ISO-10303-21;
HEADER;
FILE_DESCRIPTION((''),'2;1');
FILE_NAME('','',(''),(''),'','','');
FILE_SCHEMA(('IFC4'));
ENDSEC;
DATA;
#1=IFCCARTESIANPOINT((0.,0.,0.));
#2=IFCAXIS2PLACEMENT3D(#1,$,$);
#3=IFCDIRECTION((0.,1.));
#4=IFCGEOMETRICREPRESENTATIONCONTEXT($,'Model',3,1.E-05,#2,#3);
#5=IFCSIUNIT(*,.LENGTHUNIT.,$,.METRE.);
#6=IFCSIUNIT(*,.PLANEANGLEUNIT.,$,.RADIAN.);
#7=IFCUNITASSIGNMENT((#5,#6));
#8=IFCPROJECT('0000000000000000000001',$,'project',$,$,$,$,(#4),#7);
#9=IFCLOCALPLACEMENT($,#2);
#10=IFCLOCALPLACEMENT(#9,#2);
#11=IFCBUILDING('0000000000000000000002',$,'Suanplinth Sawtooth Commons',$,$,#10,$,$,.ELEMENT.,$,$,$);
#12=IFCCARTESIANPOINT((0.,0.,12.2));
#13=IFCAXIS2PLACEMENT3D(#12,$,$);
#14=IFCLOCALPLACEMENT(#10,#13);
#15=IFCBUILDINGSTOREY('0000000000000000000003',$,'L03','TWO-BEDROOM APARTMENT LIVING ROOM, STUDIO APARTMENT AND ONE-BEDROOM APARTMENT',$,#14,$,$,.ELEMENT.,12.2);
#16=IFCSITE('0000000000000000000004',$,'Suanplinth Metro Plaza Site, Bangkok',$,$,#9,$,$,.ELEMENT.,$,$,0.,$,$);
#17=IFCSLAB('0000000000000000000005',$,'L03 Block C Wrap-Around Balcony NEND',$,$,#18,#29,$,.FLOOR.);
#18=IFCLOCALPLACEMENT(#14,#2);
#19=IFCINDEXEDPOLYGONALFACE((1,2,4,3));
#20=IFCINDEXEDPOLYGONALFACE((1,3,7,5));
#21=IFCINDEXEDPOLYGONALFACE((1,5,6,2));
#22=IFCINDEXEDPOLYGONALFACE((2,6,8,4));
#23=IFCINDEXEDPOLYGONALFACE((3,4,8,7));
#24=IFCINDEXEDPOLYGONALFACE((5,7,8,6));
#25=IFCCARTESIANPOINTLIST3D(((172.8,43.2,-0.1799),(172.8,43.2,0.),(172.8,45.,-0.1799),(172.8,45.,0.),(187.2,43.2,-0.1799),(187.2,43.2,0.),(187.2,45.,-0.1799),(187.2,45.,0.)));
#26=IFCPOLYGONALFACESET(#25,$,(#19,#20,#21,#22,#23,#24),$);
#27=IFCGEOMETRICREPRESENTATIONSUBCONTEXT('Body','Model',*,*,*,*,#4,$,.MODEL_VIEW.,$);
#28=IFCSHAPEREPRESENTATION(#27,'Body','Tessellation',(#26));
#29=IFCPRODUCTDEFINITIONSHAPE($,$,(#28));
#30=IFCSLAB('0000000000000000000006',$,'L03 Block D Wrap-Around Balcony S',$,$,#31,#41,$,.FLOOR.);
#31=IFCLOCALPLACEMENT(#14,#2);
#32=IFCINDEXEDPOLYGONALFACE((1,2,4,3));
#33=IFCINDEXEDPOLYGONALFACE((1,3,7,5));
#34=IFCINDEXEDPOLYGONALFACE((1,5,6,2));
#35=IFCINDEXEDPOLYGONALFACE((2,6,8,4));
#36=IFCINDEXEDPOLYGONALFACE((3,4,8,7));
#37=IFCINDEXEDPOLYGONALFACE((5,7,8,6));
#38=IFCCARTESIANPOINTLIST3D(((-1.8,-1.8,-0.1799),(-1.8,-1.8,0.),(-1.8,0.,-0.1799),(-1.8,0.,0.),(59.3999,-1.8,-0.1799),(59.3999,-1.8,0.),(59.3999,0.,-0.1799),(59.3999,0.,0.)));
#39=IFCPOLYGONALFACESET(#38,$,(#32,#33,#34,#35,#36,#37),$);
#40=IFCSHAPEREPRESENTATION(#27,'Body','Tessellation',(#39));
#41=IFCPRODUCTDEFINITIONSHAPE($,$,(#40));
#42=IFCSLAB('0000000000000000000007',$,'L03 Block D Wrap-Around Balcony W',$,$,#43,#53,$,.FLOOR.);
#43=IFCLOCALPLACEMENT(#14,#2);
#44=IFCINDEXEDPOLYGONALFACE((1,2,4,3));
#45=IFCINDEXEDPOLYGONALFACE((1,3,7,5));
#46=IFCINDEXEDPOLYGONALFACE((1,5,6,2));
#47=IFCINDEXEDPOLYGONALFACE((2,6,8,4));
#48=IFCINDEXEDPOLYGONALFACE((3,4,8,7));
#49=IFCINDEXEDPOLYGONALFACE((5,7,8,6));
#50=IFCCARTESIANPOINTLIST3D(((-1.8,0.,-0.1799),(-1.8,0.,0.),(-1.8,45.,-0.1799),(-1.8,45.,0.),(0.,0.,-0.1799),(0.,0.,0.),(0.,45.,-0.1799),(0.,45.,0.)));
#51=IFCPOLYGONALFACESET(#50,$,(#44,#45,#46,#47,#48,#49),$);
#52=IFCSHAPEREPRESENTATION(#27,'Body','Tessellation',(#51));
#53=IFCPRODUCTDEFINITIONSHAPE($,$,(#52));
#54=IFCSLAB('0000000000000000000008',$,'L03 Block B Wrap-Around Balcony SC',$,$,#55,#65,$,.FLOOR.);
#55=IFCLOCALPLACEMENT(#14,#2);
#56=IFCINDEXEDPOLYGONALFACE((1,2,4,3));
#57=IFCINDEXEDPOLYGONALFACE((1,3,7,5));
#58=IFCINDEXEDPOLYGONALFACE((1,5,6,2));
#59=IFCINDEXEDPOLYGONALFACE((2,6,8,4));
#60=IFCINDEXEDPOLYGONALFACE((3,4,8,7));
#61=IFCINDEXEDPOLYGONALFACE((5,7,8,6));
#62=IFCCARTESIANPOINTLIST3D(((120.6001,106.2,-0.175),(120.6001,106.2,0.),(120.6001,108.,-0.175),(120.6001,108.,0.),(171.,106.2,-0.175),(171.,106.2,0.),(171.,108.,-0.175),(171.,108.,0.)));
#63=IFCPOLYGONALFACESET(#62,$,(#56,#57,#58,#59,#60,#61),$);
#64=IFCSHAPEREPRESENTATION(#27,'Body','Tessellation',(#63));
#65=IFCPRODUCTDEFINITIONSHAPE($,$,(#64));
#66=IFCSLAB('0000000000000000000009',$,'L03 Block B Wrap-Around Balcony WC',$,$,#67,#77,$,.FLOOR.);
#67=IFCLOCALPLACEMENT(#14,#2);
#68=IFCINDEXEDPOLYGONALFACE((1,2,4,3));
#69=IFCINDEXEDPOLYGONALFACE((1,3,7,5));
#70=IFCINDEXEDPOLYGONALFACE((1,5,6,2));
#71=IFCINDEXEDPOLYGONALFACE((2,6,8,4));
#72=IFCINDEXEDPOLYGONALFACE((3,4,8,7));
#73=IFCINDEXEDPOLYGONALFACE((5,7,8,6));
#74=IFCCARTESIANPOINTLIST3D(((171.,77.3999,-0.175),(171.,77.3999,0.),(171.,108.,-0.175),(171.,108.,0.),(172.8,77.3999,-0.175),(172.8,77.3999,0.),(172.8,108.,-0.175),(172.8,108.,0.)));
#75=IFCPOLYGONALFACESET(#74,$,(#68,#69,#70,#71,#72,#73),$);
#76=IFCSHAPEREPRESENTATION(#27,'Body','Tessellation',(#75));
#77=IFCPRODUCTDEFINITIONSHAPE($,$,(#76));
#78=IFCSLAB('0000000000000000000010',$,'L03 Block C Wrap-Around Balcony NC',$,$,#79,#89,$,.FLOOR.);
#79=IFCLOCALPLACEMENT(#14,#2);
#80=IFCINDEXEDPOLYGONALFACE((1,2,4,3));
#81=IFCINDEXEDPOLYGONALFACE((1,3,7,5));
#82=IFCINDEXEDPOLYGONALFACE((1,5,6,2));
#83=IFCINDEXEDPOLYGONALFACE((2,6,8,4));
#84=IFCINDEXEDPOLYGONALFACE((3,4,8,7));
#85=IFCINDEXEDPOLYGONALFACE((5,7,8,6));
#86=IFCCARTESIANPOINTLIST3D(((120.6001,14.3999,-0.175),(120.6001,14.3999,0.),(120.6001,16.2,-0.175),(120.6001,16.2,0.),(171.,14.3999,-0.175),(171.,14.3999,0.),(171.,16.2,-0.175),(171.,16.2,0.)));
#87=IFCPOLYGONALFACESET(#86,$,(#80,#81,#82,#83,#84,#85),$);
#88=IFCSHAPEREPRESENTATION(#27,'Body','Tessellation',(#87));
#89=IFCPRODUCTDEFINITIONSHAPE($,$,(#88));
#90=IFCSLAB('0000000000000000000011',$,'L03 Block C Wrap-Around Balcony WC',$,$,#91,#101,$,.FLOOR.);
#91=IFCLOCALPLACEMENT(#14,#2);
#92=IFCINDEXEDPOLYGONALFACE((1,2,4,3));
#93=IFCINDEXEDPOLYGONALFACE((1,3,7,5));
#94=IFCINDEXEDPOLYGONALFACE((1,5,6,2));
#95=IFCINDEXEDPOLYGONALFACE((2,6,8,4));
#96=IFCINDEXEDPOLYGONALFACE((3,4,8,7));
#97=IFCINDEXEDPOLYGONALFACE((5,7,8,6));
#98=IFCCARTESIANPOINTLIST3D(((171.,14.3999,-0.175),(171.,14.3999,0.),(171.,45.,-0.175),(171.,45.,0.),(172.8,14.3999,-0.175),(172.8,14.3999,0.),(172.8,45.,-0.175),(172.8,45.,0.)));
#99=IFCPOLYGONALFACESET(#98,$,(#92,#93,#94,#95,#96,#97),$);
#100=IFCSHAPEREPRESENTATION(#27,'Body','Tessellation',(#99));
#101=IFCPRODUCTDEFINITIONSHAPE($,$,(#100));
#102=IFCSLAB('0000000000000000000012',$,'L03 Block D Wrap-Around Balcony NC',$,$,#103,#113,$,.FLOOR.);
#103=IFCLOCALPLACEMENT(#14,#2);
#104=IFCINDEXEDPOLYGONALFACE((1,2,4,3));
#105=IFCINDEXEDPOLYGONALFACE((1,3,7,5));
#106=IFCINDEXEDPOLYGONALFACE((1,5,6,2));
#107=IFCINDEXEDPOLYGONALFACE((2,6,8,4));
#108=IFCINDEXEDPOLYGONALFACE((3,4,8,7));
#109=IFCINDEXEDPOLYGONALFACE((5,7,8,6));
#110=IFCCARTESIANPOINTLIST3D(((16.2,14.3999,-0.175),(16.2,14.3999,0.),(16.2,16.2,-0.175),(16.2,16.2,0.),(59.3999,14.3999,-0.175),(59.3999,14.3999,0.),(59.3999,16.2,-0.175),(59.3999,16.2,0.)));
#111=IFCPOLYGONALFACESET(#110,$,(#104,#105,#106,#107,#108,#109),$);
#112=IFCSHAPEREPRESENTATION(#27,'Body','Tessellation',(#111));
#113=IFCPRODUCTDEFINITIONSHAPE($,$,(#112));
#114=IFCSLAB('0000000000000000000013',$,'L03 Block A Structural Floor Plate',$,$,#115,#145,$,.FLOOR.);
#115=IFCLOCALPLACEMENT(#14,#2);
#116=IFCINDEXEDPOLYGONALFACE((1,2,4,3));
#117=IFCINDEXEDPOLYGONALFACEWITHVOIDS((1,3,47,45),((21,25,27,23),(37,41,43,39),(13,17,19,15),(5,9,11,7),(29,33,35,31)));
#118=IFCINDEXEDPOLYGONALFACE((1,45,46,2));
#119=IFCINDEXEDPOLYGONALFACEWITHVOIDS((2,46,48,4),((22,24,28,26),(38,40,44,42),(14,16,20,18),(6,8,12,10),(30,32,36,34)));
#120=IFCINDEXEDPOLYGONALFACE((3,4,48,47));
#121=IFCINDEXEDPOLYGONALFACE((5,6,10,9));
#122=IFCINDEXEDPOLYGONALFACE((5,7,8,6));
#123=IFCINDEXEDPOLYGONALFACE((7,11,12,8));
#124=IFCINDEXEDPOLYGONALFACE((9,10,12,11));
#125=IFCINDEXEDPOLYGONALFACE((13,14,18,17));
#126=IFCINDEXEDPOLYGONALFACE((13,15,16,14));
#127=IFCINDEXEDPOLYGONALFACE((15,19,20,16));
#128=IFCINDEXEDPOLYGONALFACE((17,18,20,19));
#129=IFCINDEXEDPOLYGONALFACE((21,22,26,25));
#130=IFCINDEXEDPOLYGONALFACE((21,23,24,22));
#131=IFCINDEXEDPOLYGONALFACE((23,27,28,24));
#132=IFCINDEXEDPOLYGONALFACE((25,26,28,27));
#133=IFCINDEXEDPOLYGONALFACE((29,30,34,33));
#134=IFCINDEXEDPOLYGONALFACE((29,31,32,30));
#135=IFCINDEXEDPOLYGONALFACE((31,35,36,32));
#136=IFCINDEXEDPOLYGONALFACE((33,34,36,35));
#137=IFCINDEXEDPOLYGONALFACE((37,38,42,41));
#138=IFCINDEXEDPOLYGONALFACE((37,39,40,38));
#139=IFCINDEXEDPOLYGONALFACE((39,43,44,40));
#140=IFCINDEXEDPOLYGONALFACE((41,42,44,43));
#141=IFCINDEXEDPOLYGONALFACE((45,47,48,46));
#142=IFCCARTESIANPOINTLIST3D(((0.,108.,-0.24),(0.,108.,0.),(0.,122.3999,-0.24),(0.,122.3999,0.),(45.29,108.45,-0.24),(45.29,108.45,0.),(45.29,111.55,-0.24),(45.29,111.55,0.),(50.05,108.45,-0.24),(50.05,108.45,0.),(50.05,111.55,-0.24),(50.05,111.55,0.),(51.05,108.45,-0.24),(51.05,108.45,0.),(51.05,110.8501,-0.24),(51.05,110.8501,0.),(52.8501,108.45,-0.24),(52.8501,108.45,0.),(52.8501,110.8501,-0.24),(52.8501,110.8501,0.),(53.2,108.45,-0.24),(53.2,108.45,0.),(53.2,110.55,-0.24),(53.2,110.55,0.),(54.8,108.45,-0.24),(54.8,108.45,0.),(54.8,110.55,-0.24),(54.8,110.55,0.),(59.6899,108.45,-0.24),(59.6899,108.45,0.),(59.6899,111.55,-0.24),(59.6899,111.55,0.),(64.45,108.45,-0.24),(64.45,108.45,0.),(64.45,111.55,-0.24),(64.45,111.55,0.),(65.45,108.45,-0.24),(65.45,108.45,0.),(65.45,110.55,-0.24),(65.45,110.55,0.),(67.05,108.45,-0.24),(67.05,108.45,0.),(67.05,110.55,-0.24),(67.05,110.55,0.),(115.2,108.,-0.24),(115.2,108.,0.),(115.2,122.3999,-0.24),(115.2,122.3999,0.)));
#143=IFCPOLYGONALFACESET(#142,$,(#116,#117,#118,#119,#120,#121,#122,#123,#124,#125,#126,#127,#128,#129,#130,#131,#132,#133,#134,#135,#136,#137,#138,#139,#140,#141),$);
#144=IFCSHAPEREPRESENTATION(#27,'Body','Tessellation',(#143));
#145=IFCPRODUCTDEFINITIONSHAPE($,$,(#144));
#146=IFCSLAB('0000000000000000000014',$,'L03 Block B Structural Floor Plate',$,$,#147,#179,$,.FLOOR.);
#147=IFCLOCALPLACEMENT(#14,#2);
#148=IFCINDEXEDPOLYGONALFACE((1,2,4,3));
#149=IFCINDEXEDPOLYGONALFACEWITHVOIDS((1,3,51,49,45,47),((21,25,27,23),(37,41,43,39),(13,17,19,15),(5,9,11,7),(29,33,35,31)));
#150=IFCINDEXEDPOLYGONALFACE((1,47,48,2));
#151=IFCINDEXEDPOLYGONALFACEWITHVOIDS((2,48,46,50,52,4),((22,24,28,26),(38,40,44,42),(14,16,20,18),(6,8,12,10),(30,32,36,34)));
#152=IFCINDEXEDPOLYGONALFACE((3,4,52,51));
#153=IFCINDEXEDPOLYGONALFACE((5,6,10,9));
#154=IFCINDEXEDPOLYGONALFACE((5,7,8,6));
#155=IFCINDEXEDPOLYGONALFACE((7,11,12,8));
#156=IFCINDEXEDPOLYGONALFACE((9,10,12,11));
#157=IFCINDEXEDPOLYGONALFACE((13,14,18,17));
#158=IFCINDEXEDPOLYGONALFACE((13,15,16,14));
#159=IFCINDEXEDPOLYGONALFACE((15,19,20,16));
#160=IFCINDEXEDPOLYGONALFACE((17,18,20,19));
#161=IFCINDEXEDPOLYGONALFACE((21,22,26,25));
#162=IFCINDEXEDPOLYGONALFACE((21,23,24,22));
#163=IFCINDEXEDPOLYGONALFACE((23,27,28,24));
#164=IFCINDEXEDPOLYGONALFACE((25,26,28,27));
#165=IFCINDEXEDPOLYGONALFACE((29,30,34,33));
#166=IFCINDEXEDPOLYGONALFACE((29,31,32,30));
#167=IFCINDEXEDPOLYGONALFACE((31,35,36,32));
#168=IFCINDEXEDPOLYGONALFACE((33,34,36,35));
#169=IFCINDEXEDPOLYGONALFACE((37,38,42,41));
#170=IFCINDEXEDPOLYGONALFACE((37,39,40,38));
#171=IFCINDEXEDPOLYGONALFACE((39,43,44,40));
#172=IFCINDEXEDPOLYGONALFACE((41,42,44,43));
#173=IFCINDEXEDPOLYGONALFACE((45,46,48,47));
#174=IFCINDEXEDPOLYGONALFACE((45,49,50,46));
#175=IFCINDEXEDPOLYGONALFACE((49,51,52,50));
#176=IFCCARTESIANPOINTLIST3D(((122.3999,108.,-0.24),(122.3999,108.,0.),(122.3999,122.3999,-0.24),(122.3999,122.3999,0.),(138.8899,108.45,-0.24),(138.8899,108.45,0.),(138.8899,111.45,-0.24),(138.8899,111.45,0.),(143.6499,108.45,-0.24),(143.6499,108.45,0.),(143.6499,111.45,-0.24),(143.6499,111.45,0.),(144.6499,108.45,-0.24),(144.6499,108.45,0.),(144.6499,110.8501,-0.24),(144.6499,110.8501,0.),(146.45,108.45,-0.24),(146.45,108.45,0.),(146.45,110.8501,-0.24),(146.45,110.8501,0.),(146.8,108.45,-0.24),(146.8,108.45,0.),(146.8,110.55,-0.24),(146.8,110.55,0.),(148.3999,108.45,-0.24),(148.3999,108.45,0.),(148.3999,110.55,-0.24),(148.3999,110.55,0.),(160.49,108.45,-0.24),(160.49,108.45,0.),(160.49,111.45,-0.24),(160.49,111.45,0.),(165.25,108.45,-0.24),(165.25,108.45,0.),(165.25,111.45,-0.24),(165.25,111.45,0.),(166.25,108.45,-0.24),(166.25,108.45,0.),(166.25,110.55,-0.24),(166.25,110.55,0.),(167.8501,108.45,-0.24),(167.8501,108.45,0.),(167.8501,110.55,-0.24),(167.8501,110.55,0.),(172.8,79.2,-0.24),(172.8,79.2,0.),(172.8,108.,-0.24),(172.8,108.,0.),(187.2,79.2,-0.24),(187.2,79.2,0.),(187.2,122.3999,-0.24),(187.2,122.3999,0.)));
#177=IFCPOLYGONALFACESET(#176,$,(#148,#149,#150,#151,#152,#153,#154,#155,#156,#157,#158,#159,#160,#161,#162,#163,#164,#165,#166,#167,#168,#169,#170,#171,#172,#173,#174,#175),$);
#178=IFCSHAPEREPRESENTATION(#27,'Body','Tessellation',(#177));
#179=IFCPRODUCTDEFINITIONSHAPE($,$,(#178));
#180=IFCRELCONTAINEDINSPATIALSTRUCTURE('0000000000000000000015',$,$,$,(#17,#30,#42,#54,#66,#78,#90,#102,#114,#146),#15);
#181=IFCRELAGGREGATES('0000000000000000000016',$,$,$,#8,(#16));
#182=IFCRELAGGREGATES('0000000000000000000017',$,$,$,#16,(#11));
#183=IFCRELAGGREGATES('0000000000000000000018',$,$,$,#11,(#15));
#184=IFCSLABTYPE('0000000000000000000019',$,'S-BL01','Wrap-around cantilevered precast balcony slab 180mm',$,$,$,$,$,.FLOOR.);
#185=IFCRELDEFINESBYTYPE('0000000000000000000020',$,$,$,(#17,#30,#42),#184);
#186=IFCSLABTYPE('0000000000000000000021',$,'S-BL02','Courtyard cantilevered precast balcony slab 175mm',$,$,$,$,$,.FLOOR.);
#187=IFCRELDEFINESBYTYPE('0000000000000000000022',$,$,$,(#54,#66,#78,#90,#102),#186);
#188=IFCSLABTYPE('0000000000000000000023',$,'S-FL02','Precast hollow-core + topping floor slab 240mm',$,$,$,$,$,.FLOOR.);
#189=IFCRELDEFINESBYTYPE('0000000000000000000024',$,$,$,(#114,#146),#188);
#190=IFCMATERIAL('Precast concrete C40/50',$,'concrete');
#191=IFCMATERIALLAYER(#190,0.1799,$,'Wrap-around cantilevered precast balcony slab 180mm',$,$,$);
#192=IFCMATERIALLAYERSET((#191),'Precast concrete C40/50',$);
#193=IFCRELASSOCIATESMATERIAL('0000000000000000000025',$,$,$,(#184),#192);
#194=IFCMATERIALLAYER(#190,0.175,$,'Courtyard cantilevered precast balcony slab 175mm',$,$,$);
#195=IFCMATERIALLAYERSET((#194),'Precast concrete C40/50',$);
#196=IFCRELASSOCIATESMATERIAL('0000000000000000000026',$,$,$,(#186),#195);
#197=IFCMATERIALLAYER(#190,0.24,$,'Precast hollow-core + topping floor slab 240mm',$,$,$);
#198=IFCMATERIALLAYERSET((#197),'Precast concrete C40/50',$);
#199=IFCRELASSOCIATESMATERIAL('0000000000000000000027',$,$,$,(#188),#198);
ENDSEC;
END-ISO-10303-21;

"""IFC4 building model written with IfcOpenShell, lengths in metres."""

from ifc_helpers import new_model, si_unit, direction, frame, origin, place, context, subcontext, project, spatial, polyline, outline, extrude, material, layer, layer_set, type_object, element, save


model = new_model("IFC4")

# Units and contexts
model_context = context("Model", 3, precision=1e-05, world=origin(), true_north=direction((0.0, 1.0)))
body_context = subcontext(model_context, "Body", "Model", "MODEL_VIEW")
ifc_project = project(units=[si_unit("LENGTHUNIT", "METRE"), si_unit("PLANEANGLEUNIT", "RADIAN")], contexts=[model_context])

# Site, building, storey
site_placement = place(None, origin())
site = spatial("IfcSite", under=ifc_project, at=site_placement, Name="Suanplinth Metro Plaza Site, Bangkok", CompositionType="ELEMENT", RefElevation=0.0)
building_placement = place(site_placement, origin())
building = spatial("IfcBuilding", under=site, at=building_placement, Name="Suanplinth Sawtooth Commons", CompositionType="ELEMENT")
storey_placement = place(building_placement, frame((0.0, 0.0, 12.2)))
storey = spatial("IfcBuildingStorey", under=building, at=storey_placement, Name="L03", Description="TWO-BEDROOM APARTMENT LIVING ROOM, STUDIO APARTMENT AND ONE-BEDROOM APARTMENT", CompositionType="ELEMENT", Elevation=12.2)

# Shared definitions
ifc_material_1 = material(Name="Precast concrete C40/50", Category="concrete")

# Slabs
ifc_layer_1 = layer(ifc_material_1, 0.1799, Name="Wrap-around cantilevered precast balcony slab 180mm")
ifc_layer_set_1 = layer_set([ifc_layer_1], Name="Precast concrete C40/50")
slab_type_1 = type_object("IfcSlabType", Name="S-BL01", Description="Wrap-around cantilevered precast balcony slab 180mm", PredefinedType="FLOOR", material=ifc_layer_set_1)
slab_1_placement = place(storey_placement, frame((0.0, 0.0, -0.1799)))
element("IfcSlab", 1, at=slab_1_placement, inside=storey, type_object=slab_type_1, Name="L03 Block C Wrap-Around Balcony NEND", PredefinedType="FLOOR", context=body_context, shape_type="SweptSolid", body=[
    extrude(outline(polyline([(172.8, 45.0), (187.2, 45.0), (187.2, 43.2), (172.8, 43.2), (172.8, 45.0)])), origin(), (0.0, 0.0, 1.0), 0.1799),
])
slab_2_placement = place(storey_placement, frame((0.0, 0.0, -0.1799)))
element("IfcSlab", 2, at=slab_2_placement, inside=storey, type_object=slab_type_1, Name="L03 Block D Wrap-Around Balcony S", PredefinedType="FLOOR", context=body_context, shape_type="SweptSolid", body=[
    extrude(outline(polyline([(59.3999, 0.0), (59.3999, -1.8), (-1.8, -1.8), (-1.8, 0.0), (59.3999, 0.0)])), origin(), (0.0, 0.0, 1.0), 0.1799),
])
slab_3_placement = place(storey_placement, frame((0.0, 0.0, -0.1799)))
element("IfcSlab", 3, at=slab_3_placement, inside=storey, type_object=slab_type_1, Name="L03 Block D Wrap-Around Balcony W", PredefinedType="FLOOR", context=body_context, shape_type="SweptSolid", body=[
    extrude(outline(polyline([(0.0, 0.0), (-1.8, 0.0), (-1.8, 45.0), (0.0, 45.0), (0.0, 0.0)])), origin(), (0.0, 0.0, 1.0), 0.1799),
])
ifc_layer_2 = layer(ifc_material_1, 0.175, Name="Courtyard cantilevered precast balcony slab 175mm")
ifc_layer_set_2 = layer_set([ifc_layer_2], Name="Precast concrete C40/50")
slab_type_2 = type_object("IfcSlabType", Name="S-BL02", Description="Courtyard cantilevered precast balcony slab 175mm", PredefinedType="FLOOR", material=ifc_layer_set_2)
slab_4_placement = place(storey_placement, frame((0.0, 0.0, -0.175)))
element("IfcSlab", 4, at=slab_4_placement, inside=storey, type_object=slab_type_2, Name="L03 Block B Wrap-Around Balcony SC", PredefinedType="FLOOR", context=body_context, shape_type="SweptSolid", body=[
    extrude(outline(polyline([(171.0, 106.2), (120.6001, 106.2), (120.6001, 108.0), (171.0, 108.0), (171.0, 106.2)])), origin(), (0.0, 0.0, 1.0), 0.175),
])
slab_5_placement = place(storey_placement, frame((0.0, 0.0, -0.175)))
element("IfcSlab", 5, at=slab_5_placement, inside=storey, type_object=slab_type_2, Name="L03 Block B Wrap-Around Balcony WC", PredefinedType="FLOOR", context=body_context, shape_type="SweptSolid", body=[
    extrude(outline(polyline([(172.8, 77.3999), (171.0, 77.3999), (171.0, 108.0), (172.8, 108.0), (172.8, 77.3999)])), origin(), (0.0, 0.0, 1.0), 0.175),
])
slab_6_placement = place(storey_placement, frame((0.0, 0.0, -0.175)))
element("IfcSlab", 6, at=slab_6_placement, inside=storey, type_object=slab_type_2, Name="L03 Block C Wrap-Around Balcony NC", PredefinedType="FLOOR", context=body_context, shape_type="SweptSolid", body=[
    extrude(outline(polyline([(120.6001, 14.3999), (120.6001, 16.2), (171.0, 16.2), (171.0, 14.3999), (120.6001, 14.3999)])), origin(), (0.0, 0.0, 1.0), 0.175),
])
slab_7_placement = place(storey_placement, frame((0.0, 0.0, -0.175)))
element("IfcSlab", 7, at=slab_7_placement, inside=storey, type_object=slab_type_2, Name="L03 Block C Wrap-Around Balcony WC", PredefinedType="FLOOR", context=body_context, shape_type="SweptSolid", body=[
    extrude(outline(polyline([(172.8, 14.3999), (171.0, 14.3999), (171.0, 45.0), (172.8, 45.0), (172.8, 14.3999)])), origin(), (0.0, 0.0, 1.0), 0.175),
])
slab_8_placement = place(storey_placement, frame((0.0, 0.0, -0.175)))
element("IfcSlab", 8, at=slab_8_placement, inside=storey, type_object=slab_type_2, Name="L03 Block D Wrap-Around Balcony NC", PredefinedType="FLOOR", context=body_context, shape_type="SweptSolid", body=[
    extrude(outline(polyline([(16.2, 16.2), (59.3999, 16.2), (59.3999, 14.3999), (16.2, 14.3999), (16.2, 16.2)])), origin(), (0.0, 0.0, 1.0), 0.175),
])
ifc_layer_3 = layer(ifc_material_1, 0.24, Name="Precast hollow-core + topping floor slab 240mm")
ifc_layer_set_3 = layer_set([ifc_layer_3], Name="Precast concrete C40/50")
slab_type_3 = type_object("IfcSlabType", Name="S-FL02", Description="Precast hollow-core + topping floor slab 240mm", PredefinedType="FLOOR", material=ifc_layer_set_3)
slab_9_placement = place(storey_placement, frame((0.0, 0.0, -0.24)))
element("IfcSlab", 9, at=slab_9_placement, inside=storey, type_object=slab_type_3, Name="L03 Block A Structural Floor Plate", PredefinedType="FLOOR", context=body_context, shape_type="SweptSolid", body=[
    extrude(outline(polyline([(0.0, 108.0), (115.2, 108.0), (115.2, 122.3999), (0.0, 122.3999), (0.0, 108.0)]), holes=[polyline([(45.29, 108.45), (50.05, 108.45), (50.05, 111.55), (45.29, 111.55), (45.29, 108.45)]), polyline([(51.05, 108.45), (52.8501, 108.45), (52.8501, 110.8501), (51.05, 110.8501), (51.05, 108.45)]), polyline([(53.2, 108.45), (54.8, 108.45), (54.8, 110.55), (53.2, 110.55), (53.2, 108.45)]), polyline([(59.6899, 108.45), (64.45, 108.45), (64.45, 111.55), (59.6899, 111.55), (59.6899, 108.45)]), polyline([(65.45, 108.45), (67.05, 108.45), (67.05, 110.55), (65.45, 110.55), (65.45, 108.45)])]), origin(), (0.0, 0.0, 1.0), 0.24),
])
slab_10_placement = place(storey_placement, frame((0.0, 0.0, -0.24)))
element("IfcSlab", 10, at=slab_10_placement, inside=storey, type_object=slab_type_3, Name="L03 Block B Structural Floor Plate", PredefinedType="FLOOR", context=body_context, shape_type="SweptSolid", body=[
    extrude(outline(polyline([(172.8, 108.0), (122.3999, 108.0), (122.3999, 122.3999), (187.2, 122.3999), (187.2, 79.2), (172.8, 79.2), (172.8, 108.0)]), holes=[polyline([(138.8899, 108.45), (143.6499, 108.45), (143.6499, 111.45), (138.8899, 111.45), (138.8899, 108.45)]), polyline([(144.6499, 108.45), (146.45, 108.45), (146.45, 110.8501), (144.6499, 110.8501), (144.6499, 108.45)]), polyline([(146.8, 108.45), (148.3999, 108.45), (148.3999, 110.55), (146.8, 110.55), (146.8, 108.45)]), polyline([(160.49, 108.45), (165.25, 108.45), (165.25, 111.45), (160.49, 111.45), (160.49, 108.45)]), polyline([(166.25, 108.45), (167.8501, 108.45), (167.8501, 110.55), (166.25, 110.55), (166.25, 108.45)])]), origin(), (0.0, 0.0, 1.0), 0.24),
])

save(model, "model.ifc")
